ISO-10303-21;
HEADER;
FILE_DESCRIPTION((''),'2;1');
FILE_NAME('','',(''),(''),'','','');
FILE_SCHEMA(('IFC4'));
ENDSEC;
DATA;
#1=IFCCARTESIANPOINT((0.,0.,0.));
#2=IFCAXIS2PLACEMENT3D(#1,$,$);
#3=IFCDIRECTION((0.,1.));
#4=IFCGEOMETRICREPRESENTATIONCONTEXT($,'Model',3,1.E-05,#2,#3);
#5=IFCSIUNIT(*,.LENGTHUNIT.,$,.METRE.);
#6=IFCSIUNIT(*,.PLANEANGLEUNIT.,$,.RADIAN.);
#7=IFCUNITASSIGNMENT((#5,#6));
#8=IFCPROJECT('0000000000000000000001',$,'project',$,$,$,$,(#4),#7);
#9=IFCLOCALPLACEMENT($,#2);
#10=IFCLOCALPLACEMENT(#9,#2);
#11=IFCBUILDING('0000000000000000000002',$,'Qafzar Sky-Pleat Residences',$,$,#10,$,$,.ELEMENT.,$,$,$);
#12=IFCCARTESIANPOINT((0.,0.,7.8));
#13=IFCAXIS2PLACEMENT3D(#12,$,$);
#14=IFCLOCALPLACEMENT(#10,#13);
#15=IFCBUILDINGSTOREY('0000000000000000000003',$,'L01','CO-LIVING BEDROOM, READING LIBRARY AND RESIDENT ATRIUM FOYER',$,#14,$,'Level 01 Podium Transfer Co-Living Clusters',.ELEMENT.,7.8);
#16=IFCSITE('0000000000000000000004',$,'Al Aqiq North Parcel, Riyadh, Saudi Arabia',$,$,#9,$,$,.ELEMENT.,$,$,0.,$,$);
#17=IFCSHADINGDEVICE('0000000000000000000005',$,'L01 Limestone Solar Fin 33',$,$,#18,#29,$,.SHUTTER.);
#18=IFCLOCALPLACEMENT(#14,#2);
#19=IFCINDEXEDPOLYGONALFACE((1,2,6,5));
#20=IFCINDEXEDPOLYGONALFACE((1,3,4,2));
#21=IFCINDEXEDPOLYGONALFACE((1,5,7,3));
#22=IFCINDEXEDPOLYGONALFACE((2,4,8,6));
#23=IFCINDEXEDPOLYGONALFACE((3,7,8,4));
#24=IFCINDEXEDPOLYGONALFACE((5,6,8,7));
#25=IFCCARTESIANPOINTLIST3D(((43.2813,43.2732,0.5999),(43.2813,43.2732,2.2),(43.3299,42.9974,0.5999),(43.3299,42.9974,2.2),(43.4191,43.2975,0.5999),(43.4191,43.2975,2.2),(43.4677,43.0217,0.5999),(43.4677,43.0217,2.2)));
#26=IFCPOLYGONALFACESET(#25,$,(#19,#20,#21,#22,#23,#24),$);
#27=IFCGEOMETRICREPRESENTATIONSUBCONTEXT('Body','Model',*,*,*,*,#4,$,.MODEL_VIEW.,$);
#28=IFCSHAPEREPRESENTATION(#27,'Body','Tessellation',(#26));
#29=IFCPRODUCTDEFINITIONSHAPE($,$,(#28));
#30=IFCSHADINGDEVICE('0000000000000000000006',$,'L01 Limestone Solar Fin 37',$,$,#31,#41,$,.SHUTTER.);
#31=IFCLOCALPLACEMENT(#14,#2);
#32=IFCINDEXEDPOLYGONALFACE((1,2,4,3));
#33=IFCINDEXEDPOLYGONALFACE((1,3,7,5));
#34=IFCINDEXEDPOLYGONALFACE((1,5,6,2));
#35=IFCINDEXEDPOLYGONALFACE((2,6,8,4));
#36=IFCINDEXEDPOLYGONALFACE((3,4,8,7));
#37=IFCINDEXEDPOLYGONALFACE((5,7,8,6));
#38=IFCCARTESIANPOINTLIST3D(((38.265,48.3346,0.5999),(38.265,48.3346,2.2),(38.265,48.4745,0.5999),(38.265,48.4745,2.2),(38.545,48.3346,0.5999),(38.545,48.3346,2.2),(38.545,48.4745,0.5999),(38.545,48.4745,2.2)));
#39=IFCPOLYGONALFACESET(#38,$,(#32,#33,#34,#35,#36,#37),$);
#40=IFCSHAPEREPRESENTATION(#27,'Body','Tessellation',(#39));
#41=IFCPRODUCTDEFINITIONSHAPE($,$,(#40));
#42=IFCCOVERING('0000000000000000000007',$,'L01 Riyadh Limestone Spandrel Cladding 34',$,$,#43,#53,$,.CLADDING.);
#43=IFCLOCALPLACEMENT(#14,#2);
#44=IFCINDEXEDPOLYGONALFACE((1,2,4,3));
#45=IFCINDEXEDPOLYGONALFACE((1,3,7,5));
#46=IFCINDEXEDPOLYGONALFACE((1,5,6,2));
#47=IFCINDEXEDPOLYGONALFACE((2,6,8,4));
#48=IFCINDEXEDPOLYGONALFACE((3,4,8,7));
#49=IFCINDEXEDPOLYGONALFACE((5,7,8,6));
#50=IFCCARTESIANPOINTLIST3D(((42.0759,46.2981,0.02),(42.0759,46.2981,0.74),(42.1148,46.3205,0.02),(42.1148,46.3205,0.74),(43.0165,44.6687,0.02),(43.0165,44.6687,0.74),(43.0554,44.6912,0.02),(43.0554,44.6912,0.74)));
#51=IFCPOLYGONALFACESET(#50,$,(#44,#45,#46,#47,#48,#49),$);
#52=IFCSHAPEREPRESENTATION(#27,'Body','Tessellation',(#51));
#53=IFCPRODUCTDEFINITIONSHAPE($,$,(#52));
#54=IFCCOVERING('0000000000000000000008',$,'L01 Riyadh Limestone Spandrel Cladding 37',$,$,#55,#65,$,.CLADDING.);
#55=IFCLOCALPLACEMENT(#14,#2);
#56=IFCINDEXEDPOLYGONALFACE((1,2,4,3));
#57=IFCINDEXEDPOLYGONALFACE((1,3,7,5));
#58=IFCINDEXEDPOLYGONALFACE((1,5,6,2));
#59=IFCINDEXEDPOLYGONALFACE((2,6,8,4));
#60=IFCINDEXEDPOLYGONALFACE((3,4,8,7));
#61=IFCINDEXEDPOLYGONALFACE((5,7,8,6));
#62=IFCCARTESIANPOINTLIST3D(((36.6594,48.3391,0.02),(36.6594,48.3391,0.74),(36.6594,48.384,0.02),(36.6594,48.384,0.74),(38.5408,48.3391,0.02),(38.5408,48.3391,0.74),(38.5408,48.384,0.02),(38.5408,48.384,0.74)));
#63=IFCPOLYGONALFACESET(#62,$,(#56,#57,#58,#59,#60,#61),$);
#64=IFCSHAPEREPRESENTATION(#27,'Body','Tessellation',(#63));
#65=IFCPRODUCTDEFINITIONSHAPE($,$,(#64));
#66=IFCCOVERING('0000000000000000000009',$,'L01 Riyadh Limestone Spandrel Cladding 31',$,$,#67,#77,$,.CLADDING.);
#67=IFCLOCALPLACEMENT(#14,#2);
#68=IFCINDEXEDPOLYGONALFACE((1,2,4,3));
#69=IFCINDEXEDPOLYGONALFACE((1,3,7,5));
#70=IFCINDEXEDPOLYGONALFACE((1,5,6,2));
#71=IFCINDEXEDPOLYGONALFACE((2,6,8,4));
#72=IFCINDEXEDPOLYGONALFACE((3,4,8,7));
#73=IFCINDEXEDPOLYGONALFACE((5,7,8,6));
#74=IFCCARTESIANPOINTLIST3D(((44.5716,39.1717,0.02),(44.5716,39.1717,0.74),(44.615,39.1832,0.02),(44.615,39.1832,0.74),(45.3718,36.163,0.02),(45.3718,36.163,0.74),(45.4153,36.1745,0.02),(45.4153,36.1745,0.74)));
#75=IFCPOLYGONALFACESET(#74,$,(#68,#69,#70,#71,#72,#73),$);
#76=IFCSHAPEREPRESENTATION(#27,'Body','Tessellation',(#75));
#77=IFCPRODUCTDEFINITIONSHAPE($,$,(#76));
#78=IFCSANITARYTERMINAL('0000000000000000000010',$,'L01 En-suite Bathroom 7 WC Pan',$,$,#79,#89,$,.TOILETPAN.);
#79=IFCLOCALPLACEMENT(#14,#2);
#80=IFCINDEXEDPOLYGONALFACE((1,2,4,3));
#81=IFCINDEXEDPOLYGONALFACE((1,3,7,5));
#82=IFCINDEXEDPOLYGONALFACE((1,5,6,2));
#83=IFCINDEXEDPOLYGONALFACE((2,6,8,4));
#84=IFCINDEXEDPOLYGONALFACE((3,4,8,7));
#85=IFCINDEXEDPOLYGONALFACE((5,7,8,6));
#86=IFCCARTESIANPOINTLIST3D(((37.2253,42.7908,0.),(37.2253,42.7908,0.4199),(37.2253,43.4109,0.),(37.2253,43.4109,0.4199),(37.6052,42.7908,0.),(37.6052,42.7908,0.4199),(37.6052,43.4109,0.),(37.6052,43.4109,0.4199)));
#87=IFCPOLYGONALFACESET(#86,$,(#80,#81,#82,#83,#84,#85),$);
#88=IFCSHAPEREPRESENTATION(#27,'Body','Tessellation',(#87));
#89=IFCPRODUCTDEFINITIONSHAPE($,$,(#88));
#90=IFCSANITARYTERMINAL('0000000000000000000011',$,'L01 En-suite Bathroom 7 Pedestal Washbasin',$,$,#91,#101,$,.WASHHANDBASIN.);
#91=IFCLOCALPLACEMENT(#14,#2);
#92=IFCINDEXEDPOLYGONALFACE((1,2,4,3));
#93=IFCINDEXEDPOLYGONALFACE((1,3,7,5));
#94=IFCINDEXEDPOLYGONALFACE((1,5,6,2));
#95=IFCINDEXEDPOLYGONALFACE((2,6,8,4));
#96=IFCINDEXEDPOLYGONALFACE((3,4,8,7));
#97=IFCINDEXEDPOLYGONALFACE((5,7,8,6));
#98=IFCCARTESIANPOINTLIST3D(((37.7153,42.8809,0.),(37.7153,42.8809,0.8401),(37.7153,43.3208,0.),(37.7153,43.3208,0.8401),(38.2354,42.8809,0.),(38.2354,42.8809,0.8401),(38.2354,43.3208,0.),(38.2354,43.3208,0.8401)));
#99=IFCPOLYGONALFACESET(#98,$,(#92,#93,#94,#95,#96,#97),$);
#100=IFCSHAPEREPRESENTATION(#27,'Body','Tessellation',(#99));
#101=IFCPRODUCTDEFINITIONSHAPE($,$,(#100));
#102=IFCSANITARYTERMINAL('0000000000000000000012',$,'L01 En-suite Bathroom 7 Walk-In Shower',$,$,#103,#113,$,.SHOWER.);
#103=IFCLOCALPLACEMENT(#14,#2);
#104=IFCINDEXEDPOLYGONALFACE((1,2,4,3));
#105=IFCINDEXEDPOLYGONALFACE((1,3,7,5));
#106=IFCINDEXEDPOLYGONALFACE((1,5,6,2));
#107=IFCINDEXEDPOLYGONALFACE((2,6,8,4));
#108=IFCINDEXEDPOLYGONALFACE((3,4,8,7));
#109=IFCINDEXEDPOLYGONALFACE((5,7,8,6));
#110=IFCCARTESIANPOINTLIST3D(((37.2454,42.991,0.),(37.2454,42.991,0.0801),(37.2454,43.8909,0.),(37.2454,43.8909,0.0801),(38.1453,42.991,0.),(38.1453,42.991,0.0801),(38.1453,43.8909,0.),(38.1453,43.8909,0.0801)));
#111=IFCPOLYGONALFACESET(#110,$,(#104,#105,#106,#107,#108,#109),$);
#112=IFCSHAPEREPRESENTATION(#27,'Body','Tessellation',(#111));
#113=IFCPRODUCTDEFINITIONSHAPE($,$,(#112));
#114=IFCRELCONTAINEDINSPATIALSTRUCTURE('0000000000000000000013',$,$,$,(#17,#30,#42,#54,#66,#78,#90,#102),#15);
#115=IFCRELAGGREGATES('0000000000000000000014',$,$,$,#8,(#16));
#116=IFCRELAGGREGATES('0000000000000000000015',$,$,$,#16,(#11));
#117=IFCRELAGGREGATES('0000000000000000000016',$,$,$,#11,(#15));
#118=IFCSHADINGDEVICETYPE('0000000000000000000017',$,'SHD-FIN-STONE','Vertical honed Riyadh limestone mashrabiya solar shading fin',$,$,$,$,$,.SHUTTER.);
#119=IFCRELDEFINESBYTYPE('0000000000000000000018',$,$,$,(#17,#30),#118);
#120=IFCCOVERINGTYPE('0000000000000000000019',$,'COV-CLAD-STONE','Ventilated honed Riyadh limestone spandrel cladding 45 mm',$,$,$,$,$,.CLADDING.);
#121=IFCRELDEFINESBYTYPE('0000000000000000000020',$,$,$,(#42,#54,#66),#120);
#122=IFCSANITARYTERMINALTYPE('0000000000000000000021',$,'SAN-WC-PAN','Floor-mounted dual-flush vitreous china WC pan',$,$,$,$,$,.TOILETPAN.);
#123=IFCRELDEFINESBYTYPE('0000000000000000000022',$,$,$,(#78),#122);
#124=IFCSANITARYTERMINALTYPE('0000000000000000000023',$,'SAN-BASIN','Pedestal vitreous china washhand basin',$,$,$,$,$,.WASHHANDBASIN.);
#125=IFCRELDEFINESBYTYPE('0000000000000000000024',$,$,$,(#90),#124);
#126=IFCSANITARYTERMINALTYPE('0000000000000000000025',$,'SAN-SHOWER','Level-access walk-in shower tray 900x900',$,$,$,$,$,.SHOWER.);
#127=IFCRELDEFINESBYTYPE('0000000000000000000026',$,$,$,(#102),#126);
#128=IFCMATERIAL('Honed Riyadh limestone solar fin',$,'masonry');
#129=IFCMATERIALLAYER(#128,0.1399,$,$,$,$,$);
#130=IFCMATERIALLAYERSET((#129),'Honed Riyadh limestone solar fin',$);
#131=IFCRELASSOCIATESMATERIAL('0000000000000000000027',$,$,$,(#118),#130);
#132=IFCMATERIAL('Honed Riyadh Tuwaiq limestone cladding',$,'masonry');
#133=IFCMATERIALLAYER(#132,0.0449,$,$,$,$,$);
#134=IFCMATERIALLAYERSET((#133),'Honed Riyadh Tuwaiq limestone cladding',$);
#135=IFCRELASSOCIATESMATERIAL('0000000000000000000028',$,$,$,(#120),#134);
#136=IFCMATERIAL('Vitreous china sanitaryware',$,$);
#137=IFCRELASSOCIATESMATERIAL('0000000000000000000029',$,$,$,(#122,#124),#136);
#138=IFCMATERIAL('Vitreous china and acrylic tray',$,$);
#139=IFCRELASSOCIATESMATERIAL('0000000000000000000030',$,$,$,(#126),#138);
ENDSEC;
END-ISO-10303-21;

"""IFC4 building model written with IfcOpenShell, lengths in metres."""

from ifc_helpers import new_model, si_unit, direction, frame, origin, origin_2d, place, context, subcontext, project, spatial, rectangle, extrude, source, transform, mapped, material, layer, layer_set, type_object, element, save


model = new_model("IFC4")

# Units and contexts
model_context = context("Model", 3, precision=1e-05, world=origin(), true_north=direction((0.0, 1.0)))
body_context = subcontext(model_context, "Body", "Model", "MODEL_VIEW")
ifc_project = project(units=[si_unit("LENGTHUNIT", "METRE"), si_unit("PLANEANGLEUNIT", "RADIAN")], contexts=[model_context])

# Site, building, storey
site_placement = place(None, origin())
site = spatial("IfcSite", under=ifc_project, at=site_placement, Name="Al Aqiq North Parcel, Riyadh, Saudi Arabia", CompositionType="ELEMENT", RefElevation=0.0)
building_placement = place(site_placement, origin())
building = spatial("IfcBuilding", under=site, at=building_placement, Name="Qafzar Sky-Pleat Residences", CompositionType="ELEMENT")
storey_placement = place(building_placement, frame((0.0, 0.0, 7.8)))
storey = spatial("IfcBuildingStorey", under=building, at=storey_placement, Name="L01", Description="CO-LIVING BEDROOM, READING LIBRARY AND RESIDENT ATRIUM FOYER", LongName="Level 01 Podium Transfer Co-Living Clusters", CompositionType="ELEMENT", Elevation=7.8)

# Shading devices
ifc_material_1 = material(Name="Honed Riyadh limestone solar fin", Category="masonry")
ifc_layer_1 = layer(ifc_material_1, 0.1399)
ifc_layer_set_1 = layer_set([ifc_layer_1], Name="Honed Riyadh limestone solar fin")
shading_device_type = type_object("IfcShadingDeviceType", Name="SHD-FIN-STONE", Description="Vertical honed Riyadh limestone mashrabiya solar shading fin", PredefinedType="SHUTTER", material=ifc_layer_set_1)
shared_shape_1 = source(origin(), body_context, "Body", "SweptSolid", [
    extrude(rectangle(XDim=0.1399, YDim=0.28, at=origin_2d()), origin(), (0.0, 0.0, 1.0), 1.6001),
])
for number, where, z_axis, x_axis, name in (
    (1, (43.3745, 43.1475, 0.5999), (0.0, 0.0, 1.0), (0.984806, 0.173658, 0.0), "L01 Limestone Solar Fin 33"),
    (2, (38.405, 48.4045, 0.5999), (0.0, 0.0, 1.0), (0.0, 1.0, 0.0), "L01 Limestone Solar Fin 37"),
):
    element("IfcShadingDevice", number, at=place(storey_placement, frame(where, z_axis=z_axis, x_axis=x_axis)), inside=storey, type_object=shading_device_type, Name=name, PredefinedType="SHUTTER", context=body_context, shape_type="MappedRepresentation", body=[
        mapped(shared_shape_1, transform((0.0, 0.0, 0.0), x_axis=(1.0, 0.0, 0.0), y_axis=(0.0, 1.0, 0.0), z_axis=(0.0, 0.0, 1.0), scale=1.0)),
    ])

# Coverings
ifc_material_2 = material(Name="Honed Riyadh Tuwaiq limestone cladding", Category="masonry")
ifc_layer_2 = layer(ifc_material_2, 0.0449)
ifc_layer_set_2 = layer_set([ifc_layer_2], Name="Honed Riyadh Tuwaiq limestone cladding")
covering_type = type_object("IfcCoveringType", Name="COV-CLAD-STONE", Description="Ventilated honed Riyadh limestone spandrel cladding 45 mm", PredefinedType="CLADDING", material=ifc_layer_set_2)
shared_shape_2 = source(origin(), body_context, "Body", "SweptSolid", [
    extrude(rectangle(XDim=1.8813, YDim=0.0449, at=origin_2d()), origin(), (0.0, 0.0, 1.0), 0.72),
])
for number, where, z_axis, x_axis, name in (
    (3, (42.5657, 45.4946, 0.02), (0.0, 0.0, 1.0), (-0.499972, 0.866041, 0.0), "L01 Riyadh Limestone Spandrel Cladding 34"),
    (4, (37.6001, 48.3616, 0.02), (0.0, 0.0, 1.0), (-1.0, 0.0, 0.0), "L01 Riyadh Limestone Spandrel Cladding 37"),
):
    element("IfcCovering", number, at=place(storey_placement, frame(where, z_axis=z_axis, x_axis=x_axis)), inside=storey, type_object=covering_type, Name=name, PredefinedType="CLADDING", context=body_context, shape_type="MappedRepresentation", body=[
        mapped(shared_shape_2, transform((0.0, 0.0, 0.0), x_axis=(1.0, 0.0, 0.0), y_axis=(0.0, 1.0, 0.0), z_axis=(0.0, 0.0, 1.0), scale=1.0)),
    ])
shared_shape_3 = source(origin(), body_context, "Body", "SweptSolid", [
    extrude(rectangle(XDim=3.1133, YDim=0.0449, at=origin_2d()), origin(), (0.0, 0.0, 1.0), 0.72),
])
covering_placement = place(storey_placement, frame((44.9934, 37.6731, 0.02), z_axis=(0.0, 0.0, 1.0), x_axis=(-0.257051, 0.966398, 0.0)))
element("IfcCovering", 5, at=covering_placement, inside=storey, type_object=covering_type, Name="L01 Riyadh Limestone Spandrel Cladding 31", PredefinedType="CLADDING", context=body_context, shape_type="MappedRepresentation", body=[
    mapped(shared_shape_3, transform((0.0, 0.0, 0.0), x_axis=(1.0, 0.0, 0.0), y_axis=(0.0, 1.0, 0.0), z_axis=(0.0, 0.0, 1.0), scale=1.0)),
])

# Sanitary terminals
ifc_material_3 = material(Name="Vitreous china sanitaryware")
sanitary_terminal_type_1 = type_object("IfcSanitaryTerminalType", Name="SAN-WC-PAN", Description="Floor-mounted dual-flush vitreous china WC pan", PredefinedType="TOILETPAN", material=ifc_material_3)
shared_shape_4 = source(origin(), body_context, "Body", "SweptSolid", [
    extrude(rectangle(XDim=0.3799, YDim=0.6201, at=origin_2d()), origin(), (0.0, 0.0, 1.0), 0.4199),
])
sanitary_terminal_1_placement = place(storey_placement, frame((37.4153, 43.1008, 0.0), z_axis=(0.0, 0.0, 1.0), x_axis=(1.0, 0.0, 0.0)))
element("IfcSanitaryTerminal", 6, at=sanitary_terminal_1_placement, inside=storey, type_object=sanitary_terminal_type_1, Name="L01 En-suite Bathroom 7 WC Pan", PredefinedType="TOILETPAN", context=body_context, shape_type="MappedRepresentation", body=[
    mapped(shared_shape_4, transform((0.0, 0.0, 0.0), x_axis=(1.0, 0.0, 0.0), y_axis=(0.0, 1.0, 0.0), z_axis=(0.0, 0.0, 1.0), scale=1.0)),
])
sanitary_terminal_type_2 = type_object("IfcSanitaryTerminalType", Name="SAN-BASIN", Description="Pedestal vitreous china washhand basin", PredefinedType="WASHHANDBASIN", material=ifc_material_3)
shared_shape_5 = source(origin(), body_context, "Body", "SweptSolid", [
    extrude(rectangle(XDim=0.52, YDim=0.4399, at=origin_2d()), origin(), (0.0, 0.0, 1.0), 0.8401),
])
sanitary_terminal_2_placement = place(storey_placement, frame((37.9753, 43.1008, 0.0), z_axis=(0.0, 0.0, 1.0), x_axis=(1.0, 0.0, 0.0)))
element("IfcSanitaryTerminal", 7, at=sanitary_terminal_2_placement, inside=storey, type_object=sanitary_terminal_type_2, Name="L01 En-suite Bathroom 7 Pedestal Washbasin", PredefinedType="WASHHANDBASIN", context=body_context, shape_type="MappedRepresentation", body=[
    mapped(shared_shape_5, transform((0.0, 0.0, 0.0), x_axis=(1.0, 0.0, 0.0), y_axis=(0.0, 1.0, 0.0), z_axis=(0.0, 0.0, 1.0), scale=1.0)),
])
ifc_material_4 = material(Name="Vitreous china and acrylic tray")
sanitary_terminal_type_3 = type_object("IfcSanitaryTerminalType", Name="SAN-SHOWER", Description="Level-access walk-in shower tray 900x900", PredefinedType="SHOWER", material=ifc_material_4)
shared_shape_6 = source(origin(), body_context, "Body", "SweptSolid", [
    extrude(rectangle(XDim=0.8999, YDim=0.8999, at=origin_2d()), origin(), (0.0, 0.0, 1.0), 0.0801),
])
sanitary_terminal_3_placement = place(storey_placement, frame((37.6953, 43.4409, 0.0), z_axis=(0.0, 0.0, 1.0), x_axis=(1.0, 0.0, 0.0)))
element("IfcSanitaryTerminal", 8, at=sanitary_terminal_3_placement, inside=storey, type_object=sanitary_terminal_type_3, Name="L01 En-suite Bathroom 7 Walk-In Shower", PredefinedType="SHOWER", context=body_context, shape_type="MappedRepresentation", body=[
    mapped(shared_shape_6, transform((0.0, 0.0, 0.0), x_axis=(1.0, 0.0, 0.0), y_axis=(0.0, 1.0, 0.0), z_axis=(0.0, 0.0, 1.0), scale=1.0)),
])

save(model, "model.ifc")
